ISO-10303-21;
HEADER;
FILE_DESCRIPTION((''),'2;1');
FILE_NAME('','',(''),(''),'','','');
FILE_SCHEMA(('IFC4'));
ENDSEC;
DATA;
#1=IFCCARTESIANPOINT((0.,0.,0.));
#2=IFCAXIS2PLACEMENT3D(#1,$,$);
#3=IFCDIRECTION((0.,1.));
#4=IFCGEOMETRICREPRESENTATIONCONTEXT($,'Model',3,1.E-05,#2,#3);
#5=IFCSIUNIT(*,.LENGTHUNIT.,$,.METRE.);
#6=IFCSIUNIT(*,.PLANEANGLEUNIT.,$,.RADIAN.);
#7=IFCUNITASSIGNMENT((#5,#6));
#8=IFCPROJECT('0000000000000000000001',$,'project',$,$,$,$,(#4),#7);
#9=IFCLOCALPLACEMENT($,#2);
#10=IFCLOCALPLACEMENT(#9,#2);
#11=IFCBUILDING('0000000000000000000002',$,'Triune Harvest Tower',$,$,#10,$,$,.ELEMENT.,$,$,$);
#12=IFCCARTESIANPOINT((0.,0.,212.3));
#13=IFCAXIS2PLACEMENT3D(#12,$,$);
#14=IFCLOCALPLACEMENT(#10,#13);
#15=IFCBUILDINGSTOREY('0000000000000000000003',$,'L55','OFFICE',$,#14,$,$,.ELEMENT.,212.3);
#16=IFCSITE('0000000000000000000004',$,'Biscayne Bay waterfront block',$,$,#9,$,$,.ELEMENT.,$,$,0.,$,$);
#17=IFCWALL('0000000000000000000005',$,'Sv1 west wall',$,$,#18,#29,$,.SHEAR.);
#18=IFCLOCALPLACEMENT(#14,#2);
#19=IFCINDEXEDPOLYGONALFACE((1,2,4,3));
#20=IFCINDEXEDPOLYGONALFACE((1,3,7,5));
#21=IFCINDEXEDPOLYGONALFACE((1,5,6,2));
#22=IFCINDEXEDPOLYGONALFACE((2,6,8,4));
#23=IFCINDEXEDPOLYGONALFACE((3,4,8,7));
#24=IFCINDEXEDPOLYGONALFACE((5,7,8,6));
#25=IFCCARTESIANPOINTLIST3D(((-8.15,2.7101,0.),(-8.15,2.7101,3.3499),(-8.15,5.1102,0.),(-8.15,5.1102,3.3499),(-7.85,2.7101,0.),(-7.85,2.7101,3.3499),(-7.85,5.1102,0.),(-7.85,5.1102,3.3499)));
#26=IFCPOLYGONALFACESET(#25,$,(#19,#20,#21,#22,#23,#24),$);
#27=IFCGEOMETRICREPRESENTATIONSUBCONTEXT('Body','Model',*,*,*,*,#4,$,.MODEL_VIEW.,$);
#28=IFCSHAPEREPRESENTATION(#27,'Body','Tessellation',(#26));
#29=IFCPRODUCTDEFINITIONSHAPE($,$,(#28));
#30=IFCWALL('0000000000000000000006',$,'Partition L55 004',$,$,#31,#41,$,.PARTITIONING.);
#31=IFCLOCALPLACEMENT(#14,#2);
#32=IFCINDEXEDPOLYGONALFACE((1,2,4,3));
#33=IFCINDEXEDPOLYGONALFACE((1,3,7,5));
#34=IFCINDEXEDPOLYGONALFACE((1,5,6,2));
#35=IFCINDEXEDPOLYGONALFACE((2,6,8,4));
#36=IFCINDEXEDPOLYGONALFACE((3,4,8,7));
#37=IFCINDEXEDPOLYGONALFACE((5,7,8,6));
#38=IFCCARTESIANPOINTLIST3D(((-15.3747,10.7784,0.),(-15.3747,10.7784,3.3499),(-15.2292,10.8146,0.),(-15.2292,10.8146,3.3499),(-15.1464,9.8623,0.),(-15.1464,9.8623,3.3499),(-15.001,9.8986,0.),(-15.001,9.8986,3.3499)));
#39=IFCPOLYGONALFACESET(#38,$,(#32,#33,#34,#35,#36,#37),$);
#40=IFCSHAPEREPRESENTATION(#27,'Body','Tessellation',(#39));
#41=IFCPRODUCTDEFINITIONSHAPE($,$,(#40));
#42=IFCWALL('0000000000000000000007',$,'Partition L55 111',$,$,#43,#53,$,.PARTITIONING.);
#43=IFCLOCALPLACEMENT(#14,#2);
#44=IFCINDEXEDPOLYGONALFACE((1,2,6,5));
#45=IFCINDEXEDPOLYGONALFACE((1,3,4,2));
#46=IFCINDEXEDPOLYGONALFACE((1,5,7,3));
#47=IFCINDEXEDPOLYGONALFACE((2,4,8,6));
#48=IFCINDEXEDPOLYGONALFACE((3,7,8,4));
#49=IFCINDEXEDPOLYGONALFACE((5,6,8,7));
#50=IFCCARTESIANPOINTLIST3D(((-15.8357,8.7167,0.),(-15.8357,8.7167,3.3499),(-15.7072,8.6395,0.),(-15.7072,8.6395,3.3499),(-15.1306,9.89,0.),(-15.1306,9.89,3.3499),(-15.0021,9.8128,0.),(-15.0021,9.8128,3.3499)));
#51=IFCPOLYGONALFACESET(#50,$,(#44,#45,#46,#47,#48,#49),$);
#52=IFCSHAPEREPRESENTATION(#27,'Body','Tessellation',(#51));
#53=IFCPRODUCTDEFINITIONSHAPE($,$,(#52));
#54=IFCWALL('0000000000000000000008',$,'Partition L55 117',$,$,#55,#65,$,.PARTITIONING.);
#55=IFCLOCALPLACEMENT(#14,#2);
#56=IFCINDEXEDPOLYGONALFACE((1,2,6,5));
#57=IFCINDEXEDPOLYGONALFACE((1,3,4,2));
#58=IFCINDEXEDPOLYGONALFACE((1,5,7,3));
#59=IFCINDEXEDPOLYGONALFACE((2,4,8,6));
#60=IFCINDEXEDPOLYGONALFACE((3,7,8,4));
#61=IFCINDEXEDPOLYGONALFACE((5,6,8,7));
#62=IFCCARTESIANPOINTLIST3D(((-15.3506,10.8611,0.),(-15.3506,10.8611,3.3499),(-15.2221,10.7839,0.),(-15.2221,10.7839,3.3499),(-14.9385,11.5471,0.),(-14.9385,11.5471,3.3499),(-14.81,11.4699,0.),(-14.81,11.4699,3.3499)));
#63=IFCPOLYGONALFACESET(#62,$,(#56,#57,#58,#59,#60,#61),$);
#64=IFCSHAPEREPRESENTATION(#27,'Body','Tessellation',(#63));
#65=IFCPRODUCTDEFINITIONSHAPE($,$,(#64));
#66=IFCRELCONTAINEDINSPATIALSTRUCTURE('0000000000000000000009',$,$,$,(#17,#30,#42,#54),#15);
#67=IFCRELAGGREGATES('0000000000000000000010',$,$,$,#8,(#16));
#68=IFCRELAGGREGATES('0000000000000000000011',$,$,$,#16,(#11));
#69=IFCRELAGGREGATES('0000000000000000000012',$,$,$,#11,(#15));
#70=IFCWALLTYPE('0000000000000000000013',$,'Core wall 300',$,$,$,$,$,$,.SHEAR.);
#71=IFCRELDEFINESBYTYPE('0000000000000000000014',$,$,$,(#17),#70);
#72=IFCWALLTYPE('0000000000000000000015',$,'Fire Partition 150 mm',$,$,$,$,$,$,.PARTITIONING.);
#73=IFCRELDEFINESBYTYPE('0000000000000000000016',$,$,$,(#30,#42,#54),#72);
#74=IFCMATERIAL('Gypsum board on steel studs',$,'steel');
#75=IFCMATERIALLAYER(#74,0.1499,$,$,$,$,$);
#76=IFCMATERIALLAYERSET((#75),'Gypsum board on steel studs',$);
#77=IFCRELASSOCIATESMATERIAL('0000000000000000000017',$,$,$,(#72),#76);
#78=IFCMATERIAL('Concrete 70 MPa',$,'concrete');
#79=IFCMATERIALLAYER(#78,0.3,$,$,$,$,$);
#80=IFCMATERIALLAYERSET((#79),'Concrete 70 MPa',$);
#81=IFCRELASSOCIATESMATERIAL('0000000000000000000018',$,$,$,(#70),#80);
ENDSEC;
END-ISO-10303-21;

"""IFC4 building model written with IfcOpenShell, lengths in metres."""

from ifc_helpers import new_model, si_unit, direction, frame, frame_2d, origin, place, context, subcontext, project, spatial, rectangle, extrude, source, transform, mapped, material, layer, layer_set, type_object, element, save


model = new_model("IFC4")

# Units and contexts
model_context = context("Model", 3, precision=1e-05, world=origin(), true_north=direction((0.0, 1.0)))
body_context = subcontext(model_context, "Body", "Model", "MODEL_VIEW")
ifc_project = project(units=[si_unit("LENGTHUNIT", "METRE"), si_unit("PLANEANGLEUNIT", "RADIAN")], contexts=[model_context])

# Site, building, storey
site_placement = place(None, origin())
site = spatial("IfcSite", under=ifc_project, at=site_placement, Name="Biscayne Bay waterfront block", CompositionType="ELEMENT", RefElevation=0.0)
building_placement = place(site_placement, origin())
building = spatial("IfcBuilding", under=site, at=building_placement, Name="Triune Harvest Tower", CompositionType="ELEMENT")
storey_placement = place(building_placement, frame((0.0, 0.0, 212.3)))
storey = spatial("IfcBuildingStorey", under=building, at=storey_placement, Name="L55", Description="OFFICE", CompositionType="ELEMENT", Elevation=212.3)

# Shared definitions
ifc_material_1 = material(Name="Gypsum board on steel studs", Category="steel")
ifc_layer_1 = layer(ifc_material_1, 0.1499)
ifc_layer_set_1 = layer_set([ifc_layer_1], Name="Gypsum board on steel studs")
wall_type_1 = type_object("IfcWallType", Name="Fire Partition 150 mm", PredefinedType="PARTITIONING", material=ifc_layer_set_1)

# Shared definitions
ifc_material_2 = material(Name="Concrete 70 MPa", Category="concrete")
ifc_layer_2 = layer(ifc_material_2, 0.3)
ifc_layer_set_2 = layer_set([ifc_layer_2], Name="Concrete 70 MPa")
wall_type_2 = type_object("IfcWallType", Name="Core wall 300", PredefinedType="SHEAR", material=ifc_layer_set_2)

# Walls
shared_shape_1 = source(origin(), body_context, "Body", "SweptSolid", [
    extrude(rectangle(XDim=2.4001, YDim=0.3, at=frame_2d((1.2002, 0.0))), origin(), (0.0, 0.0, 1.0), 3.3499),
])
wall_1_placement = place(storey_placement, frame((-8.0, 2.71, 0.0), z_axis=(0.0, 0.0, 1.0), x_axis=(0.0, 1.0, 0.0)))
element("IfcWall", 1, at=wall_1_placement, inside=storey, type_object=wall_type_2, Name="Sv1 west wall", PredefinedType="SHEAR", context=body_context, shape_type="MappedRepresentation", body=[
    mapped(shared_shape_1, transform((0.0, 0.0, 0.0), scale=1.0)),
])
shared_shape_2 = source(origin(), body_context, "Body", "SweptSolid", [
    extrude(rectangle(XDim=0.9441, YDim=0.1499, at=frame_2d((0.4722, 0.0))), origin(), (0.0, 0.0, 1.0), 3.3499),
])
wall_2_placement = place(storey_placement, frame((-15.302, 10.7966, 0.0), z_axis=(0.0, 0.0, 1.0), x_axis=(0.241805, -0.970325, 0.0)))
element("IfcWall", 2, at=wall_2_placement, inside=storey, type_object=wall_type_1, Name="Partition L55 004", PredefinedType="PARTITIONING", context=body_context, shape_type="MappedRepresentation", body=[
    mapped(shared_shape_2, transform((0.0, 0.0, 0.0), scale=1.0)),
])
shared_shape_3 = source(origin(), body_context, "Body", "SweptSolid", [
    extrude(rectangle(XDim=1.3689, YDim=0.1499, at=frame_2d((0.6846, 0.0))), origin(), (0.0, 0.0, 1.0), 3.3499),
])
wall_3_placement = place(storey_placement, frame((-15.7715, 8.678, 0.0), z_axis=(0.0, 0.0, 1.0), x_axis=(0.515073, 0.857147, 0.0)))
element("IfcWall", 3, at=wall_3_placement, inside=storey, type_object=wall_type_1, Name="Partition L55 111", PredefinedType="PARTITIONING", context=body_context, shape_type="MappedRepresentation", body=[
    mapped(shared_shape_3, transform((0.0, 0.0, 0.0), scale=1.0)),
])
shared_shape_4 = source(origin(), body_context, "Body", "SweptSolid", [
    extrude(rectangle(XDim=0.8003, YDim=0.1499, at=frame_2d((0.4001, 0.0))), origin(), (0.0, 0.0, 1.0), 3.3499),
])
wall_4_placement = place(storey_placement, frame((-15.2864, 10.8225, 0.0), z_axis=(0.0, 0.0, 1.0), x_axis=(0.514944, 0.857224, 0.0)))
element("IfcWall", 4, at=wall_4_placement, inside=storey, type_object=wall_type_1, Name="Partition L55 117", PredefinedType="PARTITIONING", context=body_context, shape_type="MappedRepresentation", body=[
    mapped(shared_shape_4, transform((0.0, 0.0, 0.0), scale=1.0)),
])

save(model, "model.ifc")
